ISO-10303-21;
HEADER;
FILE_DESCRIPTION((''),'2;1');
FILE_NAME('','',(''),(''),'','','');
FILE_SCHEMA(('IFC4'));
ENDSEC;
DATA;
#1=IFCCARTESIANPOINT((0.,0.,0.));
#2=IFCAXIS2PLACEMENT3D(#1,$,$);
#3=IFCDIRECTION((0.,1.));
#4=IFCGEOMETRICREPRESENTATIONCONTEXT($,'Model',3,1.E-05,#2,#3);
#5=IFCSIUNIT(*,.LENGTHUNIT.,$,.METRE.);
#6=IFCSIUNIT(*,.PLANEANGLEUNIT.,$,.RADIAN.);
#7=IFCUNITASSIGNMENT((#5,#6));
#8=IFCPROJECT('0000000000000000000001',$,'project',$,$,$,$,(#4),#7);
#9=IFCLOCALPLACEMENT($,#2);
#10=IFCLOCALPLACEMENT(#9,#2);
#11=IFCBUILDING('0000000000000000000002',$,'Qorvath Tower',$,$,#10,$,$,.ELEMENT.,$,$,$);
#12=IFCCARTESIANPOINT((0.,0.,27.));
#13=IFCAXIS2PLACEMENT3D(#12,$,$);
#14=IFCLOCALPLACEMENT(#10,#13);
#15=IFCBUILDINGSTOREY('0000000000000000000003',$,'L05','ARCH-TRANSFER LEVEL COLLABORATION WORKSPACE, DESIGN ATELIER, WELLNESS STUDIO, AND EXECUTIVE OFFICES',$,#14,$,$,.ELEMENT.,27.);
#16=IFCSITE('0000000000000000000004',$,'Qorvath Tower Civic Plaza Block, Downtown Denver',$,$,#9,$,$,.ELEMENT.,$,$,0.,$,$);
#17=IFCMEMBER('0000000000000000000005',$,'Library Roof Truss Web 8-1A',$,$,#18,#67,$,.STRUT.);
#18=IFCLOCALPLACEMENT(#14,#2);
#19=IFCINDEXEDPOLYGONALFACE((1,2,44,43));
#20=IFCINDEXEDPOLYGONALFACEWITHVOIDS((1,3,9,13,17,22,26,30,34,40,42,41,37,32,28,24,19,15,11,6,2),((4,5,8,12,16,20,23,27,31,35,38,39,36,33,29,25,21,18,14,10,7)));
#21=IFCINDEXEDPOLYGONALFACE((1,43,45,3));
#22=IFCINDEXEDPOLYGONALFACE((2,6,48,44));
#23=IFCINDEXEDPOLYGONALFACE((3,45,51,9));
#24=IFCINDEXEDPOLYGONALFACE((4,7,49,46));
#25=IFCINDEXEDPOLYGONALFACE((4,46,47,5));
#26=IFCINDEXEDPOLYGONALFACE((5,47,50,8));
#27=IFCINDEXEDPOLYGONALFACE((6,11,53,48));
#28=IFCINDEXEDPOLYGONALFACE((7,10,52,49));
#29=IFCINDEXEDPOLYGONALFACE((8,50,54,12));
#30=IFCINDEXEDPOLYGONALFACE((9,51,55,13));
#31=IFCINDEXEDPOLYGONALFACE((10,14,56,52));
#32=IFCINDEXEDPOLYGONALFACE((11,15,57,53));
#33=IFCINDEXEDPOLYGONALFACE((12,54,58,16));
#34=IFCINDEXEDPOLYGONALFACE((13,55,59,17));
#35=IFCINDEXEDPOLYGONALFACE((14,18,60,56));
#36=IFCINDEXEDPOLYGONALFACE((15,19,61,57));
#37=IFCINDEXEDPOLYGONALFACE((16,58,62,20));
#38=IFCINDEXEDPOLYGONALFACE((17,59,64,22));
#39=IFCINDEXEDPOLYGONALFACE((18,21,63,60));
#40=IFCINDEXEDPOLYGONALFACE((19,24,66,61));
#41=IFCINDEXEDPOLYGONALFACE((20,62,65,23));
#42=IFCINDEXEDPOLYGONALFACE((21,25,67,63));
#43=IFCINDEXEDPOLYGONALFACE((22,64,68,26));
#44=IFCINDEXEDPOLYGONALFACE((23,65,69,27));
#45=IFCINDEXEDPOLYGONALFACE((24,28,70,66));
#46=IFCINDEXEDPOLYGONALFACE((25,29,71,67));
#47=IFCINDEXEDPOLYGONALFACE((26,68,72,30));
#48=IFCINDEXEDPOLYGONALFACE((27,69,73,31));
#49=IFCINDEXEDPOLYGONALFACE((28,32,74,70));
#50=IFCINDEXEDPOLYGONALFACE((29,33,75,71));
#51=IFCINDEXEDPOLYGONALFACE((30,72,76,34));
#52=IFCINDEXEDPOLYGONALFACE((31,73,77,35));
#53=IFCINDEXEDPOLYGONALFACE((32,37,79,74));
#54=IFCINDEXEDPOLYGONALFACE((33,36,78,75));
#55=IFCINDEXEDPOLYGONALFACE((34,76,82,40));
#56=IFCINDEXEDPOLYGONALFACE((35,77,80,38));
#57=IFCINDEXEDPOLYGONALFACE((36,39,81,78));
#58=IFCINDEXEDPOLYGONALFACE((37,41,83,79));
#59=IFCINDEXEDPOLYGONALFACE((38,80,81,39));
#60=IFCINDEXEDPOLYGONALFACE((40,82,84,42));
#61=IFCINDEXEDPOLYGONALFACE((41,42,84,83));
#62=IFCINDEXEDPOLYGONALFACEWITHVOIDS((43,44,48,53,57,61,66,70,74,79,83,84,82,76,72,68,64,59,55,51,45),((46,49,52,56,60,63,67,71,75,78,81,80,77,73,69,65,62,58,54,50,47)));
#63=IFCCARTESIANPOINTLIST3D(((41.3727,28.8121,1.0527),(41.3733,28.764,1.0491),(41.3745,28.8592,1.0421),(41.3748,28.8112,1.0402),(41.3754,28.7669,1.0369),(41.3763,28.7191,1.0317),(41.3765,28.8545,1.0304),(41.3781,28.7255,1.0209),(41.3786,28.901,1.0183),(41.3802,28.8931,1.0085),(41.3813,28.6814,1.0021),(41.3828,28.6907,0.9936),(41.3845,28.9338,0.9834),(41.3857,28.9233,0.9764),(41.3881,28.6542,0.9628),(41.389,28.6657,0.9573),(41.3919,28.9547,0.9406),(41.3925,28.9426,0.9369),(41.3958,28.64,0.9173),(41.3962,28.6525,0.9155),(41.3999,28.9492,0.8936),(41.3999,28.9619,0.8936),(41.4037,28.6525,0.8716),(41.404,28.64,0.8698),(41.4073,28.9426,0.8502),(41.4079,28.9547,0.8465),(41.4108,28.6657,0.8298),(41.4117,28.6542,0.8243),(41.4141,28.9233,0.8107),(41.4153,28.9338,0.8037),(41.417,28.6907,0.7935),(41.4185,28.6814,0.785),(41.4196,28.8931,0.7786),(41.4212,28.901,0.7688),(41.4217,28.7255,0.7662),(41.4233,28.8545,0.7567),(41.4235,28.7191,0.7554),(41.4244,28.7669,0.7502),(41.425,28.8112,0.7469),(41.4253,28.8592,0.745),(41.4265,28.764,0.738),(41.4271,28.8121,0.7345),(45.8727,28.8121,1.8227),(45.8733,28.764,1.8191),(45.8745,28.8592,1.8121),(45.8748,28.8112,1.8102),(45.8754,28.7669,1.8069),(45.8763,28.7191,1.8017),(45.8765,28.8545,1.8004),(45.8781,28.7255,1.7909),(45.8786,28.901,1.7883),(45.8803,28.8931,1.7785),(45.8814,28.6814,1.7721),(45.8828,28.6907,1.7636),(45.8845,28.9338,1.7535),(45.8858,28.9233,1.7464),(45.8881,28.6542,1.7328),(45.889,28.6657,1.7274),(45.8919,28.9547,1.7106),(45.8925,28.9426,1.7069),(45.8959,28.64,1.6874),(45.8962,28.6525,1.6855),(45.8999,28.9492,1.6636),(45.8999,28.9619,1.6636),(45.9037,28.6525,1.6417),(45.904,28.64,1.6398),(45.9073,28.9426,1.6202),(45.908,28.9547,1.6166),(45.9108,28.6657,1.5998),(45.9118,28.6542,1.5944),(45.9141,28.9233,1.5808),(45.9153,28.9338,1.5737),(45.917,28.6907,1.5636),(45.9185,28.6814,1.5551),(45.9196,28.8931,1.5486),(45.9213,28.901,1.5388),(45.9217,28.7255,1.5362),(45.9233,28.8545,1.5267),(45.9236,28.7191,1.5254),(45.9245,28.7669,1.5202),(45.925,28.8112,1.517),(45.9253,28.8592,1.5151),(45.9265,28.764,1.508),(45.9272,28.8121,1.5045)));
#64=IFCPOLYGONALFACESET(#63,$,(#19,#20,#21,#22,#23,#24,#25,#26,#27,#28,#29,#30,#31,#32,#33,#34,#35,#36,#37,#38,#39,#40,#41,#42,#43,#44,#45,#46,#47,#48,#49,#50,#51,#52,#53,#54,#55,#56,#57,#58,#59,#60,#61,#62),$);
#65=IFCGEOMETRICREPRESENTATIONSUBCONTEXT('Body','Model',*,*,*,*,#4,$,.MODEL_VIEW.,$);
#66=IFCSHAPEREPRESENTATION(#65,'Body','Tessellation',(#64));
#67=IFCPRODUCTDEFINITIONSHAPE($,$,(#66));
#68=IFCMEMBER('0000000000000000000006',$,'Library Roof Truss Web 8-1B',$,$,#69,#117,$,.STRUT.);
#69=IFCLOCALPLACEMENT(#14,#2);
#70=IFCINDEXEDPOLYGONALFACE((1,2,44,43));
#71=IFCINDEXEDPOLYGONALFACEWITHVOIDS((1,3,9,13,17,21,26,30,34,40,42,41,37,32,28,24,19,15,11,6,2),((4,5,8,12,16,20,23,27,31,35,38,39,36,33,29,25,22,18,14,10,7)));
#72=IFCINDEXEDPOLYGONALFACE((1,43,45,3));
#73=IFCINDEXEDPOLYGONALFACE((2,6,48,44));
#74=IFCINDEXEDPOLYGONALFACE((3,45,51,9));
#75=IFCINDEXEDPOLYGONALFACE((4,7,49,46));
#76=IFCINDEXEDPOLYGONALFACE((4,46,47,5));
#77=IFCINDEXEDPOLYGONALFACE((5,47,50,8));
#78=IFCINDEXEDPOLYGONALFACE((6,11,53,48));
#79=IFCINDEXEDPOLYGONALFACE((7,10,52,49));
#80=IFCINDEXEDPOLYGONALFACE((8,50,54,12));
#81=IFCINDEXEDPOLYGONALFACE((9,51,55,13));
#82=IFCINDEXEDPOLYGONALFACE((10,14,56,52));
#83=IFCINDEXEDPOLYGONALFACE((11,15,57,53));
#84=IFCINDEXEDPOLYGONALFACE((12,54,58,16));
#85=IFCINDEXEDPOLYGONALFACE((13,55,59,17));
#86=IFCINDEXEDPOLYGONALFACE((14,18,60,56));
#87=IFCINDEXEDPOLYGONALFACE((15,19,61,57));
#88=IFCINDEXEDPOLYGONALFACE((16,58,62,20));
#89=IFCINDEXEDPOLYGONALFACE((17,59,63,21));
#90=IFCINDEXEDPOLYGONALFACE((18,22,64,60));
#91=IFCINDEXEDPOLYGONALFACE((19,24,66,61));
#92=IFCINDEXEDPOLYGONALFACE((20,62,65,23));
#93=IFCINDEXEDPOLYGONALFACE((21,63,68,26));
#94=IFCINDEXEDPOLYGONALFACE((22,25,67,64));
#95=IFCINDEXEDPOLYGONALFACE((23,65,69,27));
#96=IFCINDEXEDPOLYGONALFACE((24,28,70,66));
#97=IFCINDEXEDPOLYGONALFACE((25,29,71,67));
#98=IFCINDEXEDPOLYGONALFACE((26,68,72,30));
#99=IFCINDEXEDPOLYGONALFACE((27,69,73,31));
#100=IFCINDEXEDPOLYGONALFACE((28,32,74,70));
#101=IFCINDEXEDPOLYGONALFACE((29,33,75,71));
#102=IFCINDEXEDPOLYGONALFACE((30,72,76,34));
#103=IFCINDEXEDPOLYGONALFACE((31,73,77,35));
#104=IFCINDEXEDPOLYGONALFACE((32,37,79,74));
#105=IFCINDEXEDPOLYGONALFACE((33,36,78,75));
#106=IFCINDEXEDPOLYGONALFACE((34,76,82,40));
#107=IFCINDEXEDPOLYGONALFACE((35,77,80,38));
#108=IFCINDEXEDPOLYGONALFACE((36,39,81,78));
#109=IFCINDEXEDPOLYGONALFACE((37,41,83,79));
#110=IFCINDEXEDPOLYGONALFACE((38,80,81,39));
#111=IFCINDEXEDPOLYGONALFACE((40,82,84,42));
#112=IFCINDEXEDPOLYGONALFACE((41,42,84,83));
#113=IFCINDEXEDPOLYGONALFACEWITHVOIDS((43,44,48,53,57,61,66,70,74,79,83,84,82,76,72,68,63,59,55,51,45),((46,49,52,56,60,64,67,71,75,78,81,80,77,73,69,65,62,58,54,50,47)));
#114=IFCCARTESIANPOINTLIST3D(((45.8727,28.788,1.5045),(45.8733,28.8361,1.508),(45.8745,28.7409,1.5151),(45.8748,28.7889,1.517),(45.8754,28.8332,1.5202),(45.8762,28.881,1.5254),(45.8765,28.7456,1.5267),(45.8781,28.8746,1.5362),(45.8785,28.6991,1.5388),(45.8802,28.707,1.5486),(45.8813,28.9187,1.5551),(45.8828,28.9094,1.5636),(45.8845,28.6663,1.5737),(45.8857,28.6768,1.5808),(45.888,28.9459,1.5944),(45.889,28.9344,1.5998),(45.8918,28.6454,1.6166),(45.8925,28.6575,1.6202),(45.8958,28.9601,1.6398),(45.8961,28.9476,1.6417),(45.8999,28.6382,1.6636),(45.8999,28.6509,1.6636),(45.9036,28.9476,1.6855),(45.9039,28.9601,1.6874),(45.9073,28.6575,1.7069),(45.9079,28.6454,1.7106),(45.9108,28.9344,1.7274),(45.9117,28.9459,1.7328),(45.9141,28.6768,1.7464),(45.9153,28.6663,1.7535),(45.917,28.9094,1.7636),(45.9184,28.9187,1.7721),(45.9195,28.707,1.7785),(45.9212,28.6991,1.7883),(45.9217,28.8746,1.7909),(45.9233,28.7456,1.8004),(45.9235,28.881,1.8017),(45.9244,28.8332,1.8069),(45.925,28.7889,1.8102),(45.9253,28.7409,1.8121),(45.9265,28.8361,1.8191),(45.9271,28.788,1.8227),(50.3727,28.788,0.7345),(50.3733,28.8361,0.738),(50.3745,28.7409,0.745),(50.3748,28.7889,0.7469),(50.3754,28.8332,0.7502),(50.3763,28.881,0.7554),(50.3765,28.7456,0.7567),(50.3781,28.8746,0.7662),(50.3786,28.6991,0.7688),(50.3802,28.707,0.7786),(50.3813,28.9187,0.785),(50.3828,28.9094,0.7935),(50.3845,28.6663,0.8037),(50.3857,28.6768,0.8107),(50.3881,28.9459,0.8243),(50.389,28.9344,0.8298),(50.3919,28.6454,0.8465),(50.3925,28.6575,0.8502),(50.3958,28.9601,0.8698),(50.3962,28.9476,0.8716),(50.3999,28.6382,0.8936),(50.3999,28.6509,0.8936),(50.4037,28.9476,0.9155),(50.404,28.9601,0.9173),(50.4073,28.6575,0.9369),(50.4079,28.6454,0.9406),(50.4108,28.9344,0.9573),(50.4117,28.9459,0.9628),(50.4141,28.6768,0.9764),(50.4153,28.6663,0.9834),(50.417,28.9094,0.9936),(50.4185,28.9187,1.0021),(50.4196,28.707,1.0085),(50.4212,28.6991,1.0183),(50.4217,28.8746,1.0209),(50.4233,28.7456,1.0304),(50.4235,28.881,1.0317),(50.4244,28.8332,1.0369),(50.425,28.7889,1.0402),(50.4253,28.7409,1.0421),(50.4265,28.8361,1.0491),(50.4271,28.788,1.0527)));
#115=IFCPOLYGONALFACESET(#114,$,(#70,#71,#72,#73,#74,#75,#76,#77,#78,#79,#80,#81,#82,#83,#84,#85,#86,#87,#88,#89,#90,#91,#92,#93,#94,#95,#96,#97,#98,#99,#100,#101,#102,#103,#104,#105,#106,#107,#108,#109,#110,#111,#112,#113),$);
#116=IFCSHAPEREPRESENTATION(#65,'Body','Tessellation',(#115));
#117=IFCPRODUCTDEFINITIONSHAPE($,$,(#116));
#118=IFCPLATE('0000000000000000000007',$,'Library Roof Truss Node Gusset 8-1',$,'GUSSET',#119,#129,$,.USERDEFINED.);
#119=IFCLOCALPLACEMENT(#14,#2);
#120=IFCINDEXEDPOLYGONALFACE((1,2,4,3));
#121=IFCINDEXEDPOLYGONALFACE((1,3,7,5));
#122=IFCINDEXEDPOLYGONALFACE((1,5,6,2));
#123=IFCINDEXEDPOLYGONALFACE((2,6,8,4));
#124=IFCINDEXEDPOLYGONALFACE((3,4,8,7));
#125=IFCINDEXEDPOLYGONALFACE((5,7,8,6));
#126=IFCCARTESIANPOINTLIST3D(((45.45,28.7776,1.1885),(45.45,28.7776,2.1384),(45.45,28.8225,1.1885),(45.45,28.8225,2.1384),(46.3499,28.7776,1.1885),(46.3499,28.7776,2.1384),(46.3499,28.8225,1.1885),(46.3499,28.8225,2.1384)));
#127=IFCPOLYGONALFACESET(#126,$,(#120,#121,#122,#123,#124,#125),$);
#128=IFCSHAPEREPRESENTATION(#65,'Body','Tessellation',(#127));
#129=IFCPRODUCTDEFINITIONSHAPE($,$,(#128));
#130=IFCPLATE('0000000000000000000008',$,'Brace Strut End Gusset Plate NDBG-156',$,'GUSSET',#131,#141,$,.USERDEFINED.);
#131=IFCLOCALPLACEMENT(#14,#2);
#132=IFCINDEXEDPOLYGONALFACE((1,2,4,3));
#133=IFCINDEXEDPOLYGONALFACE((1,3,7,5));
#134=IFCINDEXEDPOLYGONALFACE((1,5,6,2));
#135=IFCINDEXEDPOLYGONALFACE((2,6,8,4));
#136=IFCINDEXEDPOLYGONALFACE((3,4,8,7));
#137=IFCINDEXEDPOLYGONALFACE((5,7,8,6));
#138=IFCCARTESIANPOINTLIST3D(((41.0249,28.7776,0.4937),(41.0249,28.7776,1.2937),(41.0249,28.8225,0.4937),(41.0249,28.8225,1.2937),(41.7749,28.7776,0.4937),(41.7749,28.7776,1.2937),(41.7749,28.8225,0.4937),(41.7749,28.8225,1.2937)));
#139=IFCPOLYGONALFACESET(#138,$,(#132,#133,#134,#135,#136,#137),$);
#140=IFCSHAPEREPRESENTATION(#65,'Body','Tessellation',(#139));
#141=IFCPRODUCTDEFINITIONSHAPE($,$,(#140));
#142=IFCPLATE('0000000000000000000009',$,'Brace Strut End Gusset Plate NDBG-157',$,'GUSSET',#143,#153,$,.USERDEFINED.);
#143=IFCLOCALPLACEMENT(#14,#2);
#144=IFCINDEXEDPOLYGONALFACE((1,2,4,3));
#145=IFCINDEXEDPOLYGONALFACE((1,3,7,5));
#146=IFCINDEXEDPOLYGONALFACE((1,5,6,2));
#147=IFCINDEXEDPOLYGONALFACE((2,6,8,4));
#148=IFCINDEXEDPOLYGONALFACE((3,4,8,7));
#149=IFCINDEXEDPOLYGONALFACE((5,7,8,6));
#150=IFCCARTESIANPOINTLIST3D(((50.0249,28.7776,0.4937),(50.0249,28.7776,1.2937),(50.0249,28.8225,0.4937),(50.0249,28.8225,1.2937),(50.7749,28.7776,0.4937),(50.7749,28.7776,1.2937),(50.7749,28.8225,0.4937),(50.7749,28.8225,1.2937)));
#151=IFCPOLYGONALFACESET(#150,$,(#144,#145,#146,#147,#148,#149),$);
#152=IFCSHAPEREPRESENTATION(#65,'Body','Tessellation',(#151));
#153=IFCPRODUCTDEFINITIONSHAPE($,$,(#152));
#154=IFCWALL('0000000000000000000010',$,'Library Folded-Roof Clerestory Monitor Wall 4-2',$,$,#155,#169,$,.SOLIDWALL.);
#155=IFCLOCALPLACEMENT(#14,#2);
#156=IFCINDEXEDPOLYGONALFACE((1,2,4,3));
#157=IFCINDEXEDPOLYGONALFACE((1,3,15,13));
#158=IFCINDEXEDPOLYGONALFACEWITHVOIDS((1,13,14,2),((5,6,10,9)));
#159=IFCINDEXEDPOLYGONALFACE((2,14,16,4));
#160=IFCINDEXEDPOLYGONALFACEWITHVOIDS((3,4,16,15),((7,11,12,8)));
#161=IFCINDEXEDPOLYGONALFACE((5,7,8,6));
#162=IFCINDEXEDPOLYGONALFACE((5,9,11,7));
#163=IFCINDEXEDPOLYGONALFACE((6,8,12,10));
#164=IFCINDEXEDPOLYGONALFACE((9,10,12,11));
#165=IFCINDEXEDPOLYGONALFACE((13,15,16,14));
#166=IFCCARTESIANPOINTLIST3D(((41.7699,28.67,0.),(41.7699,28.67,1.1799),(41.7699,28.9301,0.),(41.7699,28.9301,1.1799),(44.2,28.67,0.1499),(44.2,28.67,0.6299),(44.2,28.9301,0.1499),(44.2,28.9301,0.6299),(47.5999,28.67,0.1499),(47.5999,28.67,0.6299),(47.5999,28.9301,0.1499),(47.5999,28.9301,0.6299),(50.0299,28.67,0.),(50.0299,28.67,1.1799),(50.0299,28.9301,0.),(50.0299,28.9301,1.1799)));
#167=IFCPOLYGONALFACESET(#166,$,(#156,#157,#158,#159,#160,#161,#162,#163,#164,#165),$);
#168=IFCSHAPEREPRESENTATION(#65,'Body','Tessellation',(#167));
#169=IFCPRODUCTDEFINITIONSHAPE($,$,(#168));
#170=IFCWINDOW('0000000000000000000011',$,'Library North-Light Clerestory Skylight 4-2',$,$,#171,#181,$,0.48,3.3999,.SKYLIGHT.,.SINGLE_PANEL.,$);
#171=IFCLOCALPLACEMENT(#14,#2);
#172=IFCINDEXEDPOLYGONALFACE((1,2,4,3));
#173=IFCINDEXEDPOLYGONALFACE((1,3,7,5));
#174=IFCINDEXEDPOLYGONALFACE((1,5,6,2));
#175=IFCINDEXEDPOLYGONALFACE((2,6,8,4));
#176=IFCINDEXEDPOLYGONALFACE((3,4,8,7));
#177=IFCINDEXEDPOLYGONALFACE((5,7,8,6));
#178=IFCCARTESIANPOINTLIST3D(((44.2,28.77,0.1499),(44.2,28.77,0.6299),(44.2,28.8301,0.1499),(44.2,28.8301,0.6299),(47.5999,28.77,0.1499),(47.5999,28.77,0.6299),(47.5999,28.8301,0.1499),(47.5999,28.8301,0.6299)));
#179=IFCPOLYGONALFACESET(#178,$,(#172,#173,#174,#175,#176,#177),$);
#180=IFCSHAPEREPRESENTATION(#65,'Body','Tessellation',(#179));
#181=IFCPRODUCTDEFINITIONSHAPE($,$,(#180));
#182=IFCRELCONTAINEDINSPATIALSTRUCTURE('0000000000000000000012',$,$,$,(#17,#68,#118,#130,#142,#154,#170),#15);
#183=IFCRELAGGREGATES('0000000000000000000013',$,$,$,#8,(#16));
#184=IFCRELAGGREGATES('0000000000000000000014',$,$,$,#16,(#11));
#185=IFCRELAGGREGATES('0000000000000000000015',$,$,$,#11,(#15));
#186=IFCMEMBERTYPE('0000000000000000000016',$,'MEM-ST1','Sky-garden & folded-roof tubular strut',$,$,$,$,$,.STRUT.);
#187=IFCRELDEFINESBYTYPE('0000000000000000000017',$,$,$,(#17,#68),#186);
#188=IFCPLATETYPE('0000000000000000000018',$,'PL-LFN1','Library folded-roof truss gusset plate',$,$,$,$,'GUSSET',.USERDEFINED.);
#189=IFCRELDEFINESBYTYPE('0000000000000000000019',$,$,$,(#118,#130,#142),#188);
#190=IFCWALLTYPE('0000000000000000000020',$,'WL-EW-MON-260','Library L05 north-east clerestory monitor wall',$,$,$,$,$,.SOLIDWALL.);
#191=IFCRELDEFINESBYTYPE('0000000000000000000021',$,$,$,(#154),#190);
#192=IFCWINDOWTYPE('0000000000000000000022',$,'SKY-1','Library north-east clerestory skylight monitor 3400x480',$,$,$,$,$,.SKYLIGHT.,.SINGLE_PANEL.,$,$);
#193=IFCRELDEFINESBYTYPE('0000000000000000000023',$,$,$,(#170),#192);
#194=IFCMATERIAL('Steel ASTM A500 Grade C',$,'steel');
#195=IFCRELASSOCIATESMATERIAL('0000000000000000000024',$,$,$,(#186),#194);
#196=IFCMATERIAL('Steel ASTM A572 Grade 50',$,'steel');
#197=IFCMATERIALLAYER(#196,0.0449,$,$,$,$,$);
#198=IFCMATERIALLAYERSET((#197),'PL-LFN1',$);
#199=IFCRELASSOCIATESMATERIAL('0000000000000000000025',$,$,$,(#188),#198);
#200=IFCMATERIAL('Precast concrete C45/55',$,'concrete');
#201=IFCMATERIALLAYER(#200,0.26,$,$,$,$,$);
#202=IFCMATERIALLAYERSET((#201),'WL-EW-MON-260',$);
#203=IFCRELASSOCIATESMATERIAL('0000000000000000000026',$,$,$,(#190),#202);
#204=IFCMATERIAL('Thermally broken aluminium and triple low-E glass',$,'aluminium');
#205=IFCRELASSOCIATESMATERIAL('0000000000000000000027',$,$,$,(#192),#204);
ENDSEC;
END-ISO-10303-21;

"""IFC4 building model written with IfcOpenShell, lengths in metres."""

from ifc_helpers import new_model, si_unit, direction, frame, frame_2d, origin, origin_2d, place, context, subcontext, project, spatial, rectangle, hollow_circle, extrude, material, layer, layer_set, material_profile, profile_set, type_object, element, fill, save


model = new_model("IFC4")

# Units and contexts
model_context = context("Model", 3, precision=1e-05, world=origin(), true_north=direction((0.0, 1.0)))
body_context = subcontext(model_context, "Body", "Model", "MODEL_VIEW")
ifc_project = project(units=[si_unit("LENGTHUNIT", "METRE"), si_unit("PLANEANGLEUNIT", "RADIAN")], contexts=[model_context])

# Site, building, storey
site_placement = place(None, origin())
site = spatial("IfcSite", under=ifc_project, at=site_placement, Name="Qorvath Tower Civic Plaza Block, Downtown Denver", CompositionType="ELEMENT", RefElevation=0.0)
building_placement = place(site_placement, origin())
building = spatial("IfcBuilding", under=site, at=building_placement, Name="Qorvath Tower", CompositionType="ELEMENT")
storey_placement = place(building_placement, frame((0.0, 0.0, 27.0)))
storey = spatial("IfcBuildingStorey", under=building, at=storey_placement, Name="L05", Description="ARCH-TRANSFER LEVEL COLLABORATION WORKSPACE, DESIGN ATELIER, WELLNESS STUDIO, AND EXECUTIVE OFFICES", CompositionType="ELEMENT", Elevation=27.0)

# Members
ifc_material_1 = material(Name="Steel ASTM A500 Grade C", Category="steel")
ifc_material_profile_1 = material_profile(ifc_material_1, hollow_circle(Radius=0.1619, WallThickness=0.0127, at=origin_2d()), Name="CHS 324x12.7")
ifc_profile_set_1 = profile_set([ifc_material_profile_1], Name="Steel ASTM A500 Grade C")
member_type_1 = type_object("IfcMemberType", Name="MEM-ST1", Description="Sky-garden & folded-roof tubular strut", PredefinedType="STRUT", material=ifc_profile_set_1)
for number, where, z_axis, x_axis, name in (
    (1, (41.3999, 28.8, 0.8936), (0.985674, 0.0, 0.168664), (0.0, 1.0, 0.0), "Library Roof Truss Web 8-1A"),
    (2, (50.3999, 28.8, 0.8936), (-0.985674, 0.0, 0.168664), (0.0, -1.0, 0.0), "Library Roof Truss Web 8-1B"),
):
    element("IfcMember", number, at=place(storey_placement, frame(where, z_axis=z_axis, x_axis=x_axis)), inside=storey, type_object=member_type_1, Name=name, PredefinedType="STRUT", context=body_context, shape_type="SweptSolid", body=[
        extrude(hollow_circle(Radius=0.1619, WallThickness=0.0127, at=origin_2d()), origin(), (0.0, 0.0, 1.0), 4.5654),
    ])

# Plates
ifc_material_2 = material(Name="Steel ASTM A572 Grade 50", Category="steel")
ifc_layer_1 = layer(ifc_material_2, 0.0449)
ifc_layer_set_1 = layer_set([ifc_layer_1], Name="PL-LFN1")
plate_type = type_object("IfcPlateType", Name="PL-LFN1", Description="Library folded-roof truss gusset plate", ElementType="GUSSET", PredefinedType="USERDEFINED", material=ifc_layer_set_1)
plate_placement = place(storey_placement, frame((45.8999, 28.8, 1.1885), z_axis=(0.0, 0.0, 1.0), x_axis=(1.0, 0.0, 0.0)))
element("IfcPlate", 3, at=plate_placement, inside=storey, type_object=plate_type, Name="Library Roof Truss Node Gusset 8-1", ObjectType="GUSSET", PredefinedType="USERDEFINED", context=body_context, shape_type="SweptSolid", body=[
    extrude(rectangle(XDim=0.8999, YDim=0.0449, at=origin_2d()), origin(), (0.0, 0.0, 1.0), 0.95),
])
for number, where, z_axis, x_axis, name in (
    (4, (41.3999, 28.8, 0.4937), (0.0, 0.0, 1.0), (1.0, 0.0, 0.0), "Brace Strut End Gusset Plate NDBG-156"),
    (5, (50.3999, 28.8, 0.4937), (0.0, 0.0, 1.0), (1.0, 0.0, 0.0), "Brace Strut End Gusset Plate NDBG-157"),
):
    element("IfcPlate", number, at=place(storey_placement, frame(where, z_axis=z_axis, x_axis=x_axis)), inside=storey, type_object=plate_type, Name=name, ObjectType="GUSSET", PredefinedType="USERDEFINED", context=body_context, shape_type="SweptSolid", body=[
        extrude(rectangle(XDim=0.75, YDim=0.0449, at=origin_2d()), origin(), (0.0, 0.0, 1.0), 0.8),
    ])

# Wall, opening, window
ifc_material_3 = material(Name="Precast concrete C45/55", Category="concrete")
ifc_layer_2 = layer(ifc_material_3, 0.26)
ifc_layer_set_2 = layer_set([ifc_layer_2], Name="WL-EW-MON-260")
wall_type = type_object("IfcWallType", Name="WL-EW-MON-260", Description="Library L05 north-east clerestory monitor wall", PredefinedType="SOLIDWALL", material=ifc_layer_set_2)
wall_1_placement = place(storey_placement, frame((41.77, 28.8, 0.0), z_axis=(0.0, 0.0, 1.0), x_axis=(1.0, 0.0, 0.0)))
wall_1 = element("IfcWall", 6, at=wall_1_placement, inside=storey, type_object=wall_type, Name="Library Folded-Roof Clerestory Monitor Wall 4-2", PredefinedType="SOLIDWALL", context=body_context, shape_type="SweptSolid", body=[
    extrude(rectangle(XDim=8.26, YDim=0.26, at=frame_2d((4.1299, 0.0))), origin(), (0.0, 0.0, 1.0), 1.1799),
])
opening_1_placement = place(wall_1_placement, frame((2.4299, 0.0, 0.1499)))
opening_1 = element("IfcOpeningElement", 7, at=opening_1_placement, cuts=wall_1, PredefinedType="OPENING", context=body_context, shape_type="SweptSolid", body=[
    extrude(rectangle(XDim=3.3999, YDim=0.48, at=frame_2d((1.7, 0.24))), frame((0.0, 0.1401, 0.0), z_axis=(0.0, -1.0, 0.0), x_axis=(1.0, 0.0, 0.0)), (0.0, 0.0, 1.0), 0.28),
])
ifc_material_4 = material(Name="Thermally broken aluminium and triple low-E glass", Category="aluminium")
window_type = type_object("IfcWindowType", Name="SKY-1", Description="Library north-east clerestory skylight monitor 3400x480", PartitioningType="SINGLE_PANEL", PredefinedType="SKYLIGHT", material=ifc_material_4)
window_1_placement = place(opening_1_placement, origin())
window_1 = element("IfcWindow", 8, at=window_1_placement, inside=storey, type_object=window_type, Name="Library North-Light Clerestory Skylight 4-2", OverallHeight=0.48, OverallWidth=3.3999, PartitioningType="SINGLE_PANEL", PredefinedType="SKYLIGHT", context=body_context, shape_type="SweptSolid", body=[
    extrude(rectangle(XDim=3.3999, YDim=0.48, at=frame_2d((1.7, 0.24))), frame((0.0, 0.03, 0.0), z_axis=(0.0, -1.0, 0.0), x_axis=(1.0, 0.0, 0.0)), (0.0, 0.0, 1.0), 0.0601),
])
fill(opening_1, window_1)

save(model, "model.ifc")
